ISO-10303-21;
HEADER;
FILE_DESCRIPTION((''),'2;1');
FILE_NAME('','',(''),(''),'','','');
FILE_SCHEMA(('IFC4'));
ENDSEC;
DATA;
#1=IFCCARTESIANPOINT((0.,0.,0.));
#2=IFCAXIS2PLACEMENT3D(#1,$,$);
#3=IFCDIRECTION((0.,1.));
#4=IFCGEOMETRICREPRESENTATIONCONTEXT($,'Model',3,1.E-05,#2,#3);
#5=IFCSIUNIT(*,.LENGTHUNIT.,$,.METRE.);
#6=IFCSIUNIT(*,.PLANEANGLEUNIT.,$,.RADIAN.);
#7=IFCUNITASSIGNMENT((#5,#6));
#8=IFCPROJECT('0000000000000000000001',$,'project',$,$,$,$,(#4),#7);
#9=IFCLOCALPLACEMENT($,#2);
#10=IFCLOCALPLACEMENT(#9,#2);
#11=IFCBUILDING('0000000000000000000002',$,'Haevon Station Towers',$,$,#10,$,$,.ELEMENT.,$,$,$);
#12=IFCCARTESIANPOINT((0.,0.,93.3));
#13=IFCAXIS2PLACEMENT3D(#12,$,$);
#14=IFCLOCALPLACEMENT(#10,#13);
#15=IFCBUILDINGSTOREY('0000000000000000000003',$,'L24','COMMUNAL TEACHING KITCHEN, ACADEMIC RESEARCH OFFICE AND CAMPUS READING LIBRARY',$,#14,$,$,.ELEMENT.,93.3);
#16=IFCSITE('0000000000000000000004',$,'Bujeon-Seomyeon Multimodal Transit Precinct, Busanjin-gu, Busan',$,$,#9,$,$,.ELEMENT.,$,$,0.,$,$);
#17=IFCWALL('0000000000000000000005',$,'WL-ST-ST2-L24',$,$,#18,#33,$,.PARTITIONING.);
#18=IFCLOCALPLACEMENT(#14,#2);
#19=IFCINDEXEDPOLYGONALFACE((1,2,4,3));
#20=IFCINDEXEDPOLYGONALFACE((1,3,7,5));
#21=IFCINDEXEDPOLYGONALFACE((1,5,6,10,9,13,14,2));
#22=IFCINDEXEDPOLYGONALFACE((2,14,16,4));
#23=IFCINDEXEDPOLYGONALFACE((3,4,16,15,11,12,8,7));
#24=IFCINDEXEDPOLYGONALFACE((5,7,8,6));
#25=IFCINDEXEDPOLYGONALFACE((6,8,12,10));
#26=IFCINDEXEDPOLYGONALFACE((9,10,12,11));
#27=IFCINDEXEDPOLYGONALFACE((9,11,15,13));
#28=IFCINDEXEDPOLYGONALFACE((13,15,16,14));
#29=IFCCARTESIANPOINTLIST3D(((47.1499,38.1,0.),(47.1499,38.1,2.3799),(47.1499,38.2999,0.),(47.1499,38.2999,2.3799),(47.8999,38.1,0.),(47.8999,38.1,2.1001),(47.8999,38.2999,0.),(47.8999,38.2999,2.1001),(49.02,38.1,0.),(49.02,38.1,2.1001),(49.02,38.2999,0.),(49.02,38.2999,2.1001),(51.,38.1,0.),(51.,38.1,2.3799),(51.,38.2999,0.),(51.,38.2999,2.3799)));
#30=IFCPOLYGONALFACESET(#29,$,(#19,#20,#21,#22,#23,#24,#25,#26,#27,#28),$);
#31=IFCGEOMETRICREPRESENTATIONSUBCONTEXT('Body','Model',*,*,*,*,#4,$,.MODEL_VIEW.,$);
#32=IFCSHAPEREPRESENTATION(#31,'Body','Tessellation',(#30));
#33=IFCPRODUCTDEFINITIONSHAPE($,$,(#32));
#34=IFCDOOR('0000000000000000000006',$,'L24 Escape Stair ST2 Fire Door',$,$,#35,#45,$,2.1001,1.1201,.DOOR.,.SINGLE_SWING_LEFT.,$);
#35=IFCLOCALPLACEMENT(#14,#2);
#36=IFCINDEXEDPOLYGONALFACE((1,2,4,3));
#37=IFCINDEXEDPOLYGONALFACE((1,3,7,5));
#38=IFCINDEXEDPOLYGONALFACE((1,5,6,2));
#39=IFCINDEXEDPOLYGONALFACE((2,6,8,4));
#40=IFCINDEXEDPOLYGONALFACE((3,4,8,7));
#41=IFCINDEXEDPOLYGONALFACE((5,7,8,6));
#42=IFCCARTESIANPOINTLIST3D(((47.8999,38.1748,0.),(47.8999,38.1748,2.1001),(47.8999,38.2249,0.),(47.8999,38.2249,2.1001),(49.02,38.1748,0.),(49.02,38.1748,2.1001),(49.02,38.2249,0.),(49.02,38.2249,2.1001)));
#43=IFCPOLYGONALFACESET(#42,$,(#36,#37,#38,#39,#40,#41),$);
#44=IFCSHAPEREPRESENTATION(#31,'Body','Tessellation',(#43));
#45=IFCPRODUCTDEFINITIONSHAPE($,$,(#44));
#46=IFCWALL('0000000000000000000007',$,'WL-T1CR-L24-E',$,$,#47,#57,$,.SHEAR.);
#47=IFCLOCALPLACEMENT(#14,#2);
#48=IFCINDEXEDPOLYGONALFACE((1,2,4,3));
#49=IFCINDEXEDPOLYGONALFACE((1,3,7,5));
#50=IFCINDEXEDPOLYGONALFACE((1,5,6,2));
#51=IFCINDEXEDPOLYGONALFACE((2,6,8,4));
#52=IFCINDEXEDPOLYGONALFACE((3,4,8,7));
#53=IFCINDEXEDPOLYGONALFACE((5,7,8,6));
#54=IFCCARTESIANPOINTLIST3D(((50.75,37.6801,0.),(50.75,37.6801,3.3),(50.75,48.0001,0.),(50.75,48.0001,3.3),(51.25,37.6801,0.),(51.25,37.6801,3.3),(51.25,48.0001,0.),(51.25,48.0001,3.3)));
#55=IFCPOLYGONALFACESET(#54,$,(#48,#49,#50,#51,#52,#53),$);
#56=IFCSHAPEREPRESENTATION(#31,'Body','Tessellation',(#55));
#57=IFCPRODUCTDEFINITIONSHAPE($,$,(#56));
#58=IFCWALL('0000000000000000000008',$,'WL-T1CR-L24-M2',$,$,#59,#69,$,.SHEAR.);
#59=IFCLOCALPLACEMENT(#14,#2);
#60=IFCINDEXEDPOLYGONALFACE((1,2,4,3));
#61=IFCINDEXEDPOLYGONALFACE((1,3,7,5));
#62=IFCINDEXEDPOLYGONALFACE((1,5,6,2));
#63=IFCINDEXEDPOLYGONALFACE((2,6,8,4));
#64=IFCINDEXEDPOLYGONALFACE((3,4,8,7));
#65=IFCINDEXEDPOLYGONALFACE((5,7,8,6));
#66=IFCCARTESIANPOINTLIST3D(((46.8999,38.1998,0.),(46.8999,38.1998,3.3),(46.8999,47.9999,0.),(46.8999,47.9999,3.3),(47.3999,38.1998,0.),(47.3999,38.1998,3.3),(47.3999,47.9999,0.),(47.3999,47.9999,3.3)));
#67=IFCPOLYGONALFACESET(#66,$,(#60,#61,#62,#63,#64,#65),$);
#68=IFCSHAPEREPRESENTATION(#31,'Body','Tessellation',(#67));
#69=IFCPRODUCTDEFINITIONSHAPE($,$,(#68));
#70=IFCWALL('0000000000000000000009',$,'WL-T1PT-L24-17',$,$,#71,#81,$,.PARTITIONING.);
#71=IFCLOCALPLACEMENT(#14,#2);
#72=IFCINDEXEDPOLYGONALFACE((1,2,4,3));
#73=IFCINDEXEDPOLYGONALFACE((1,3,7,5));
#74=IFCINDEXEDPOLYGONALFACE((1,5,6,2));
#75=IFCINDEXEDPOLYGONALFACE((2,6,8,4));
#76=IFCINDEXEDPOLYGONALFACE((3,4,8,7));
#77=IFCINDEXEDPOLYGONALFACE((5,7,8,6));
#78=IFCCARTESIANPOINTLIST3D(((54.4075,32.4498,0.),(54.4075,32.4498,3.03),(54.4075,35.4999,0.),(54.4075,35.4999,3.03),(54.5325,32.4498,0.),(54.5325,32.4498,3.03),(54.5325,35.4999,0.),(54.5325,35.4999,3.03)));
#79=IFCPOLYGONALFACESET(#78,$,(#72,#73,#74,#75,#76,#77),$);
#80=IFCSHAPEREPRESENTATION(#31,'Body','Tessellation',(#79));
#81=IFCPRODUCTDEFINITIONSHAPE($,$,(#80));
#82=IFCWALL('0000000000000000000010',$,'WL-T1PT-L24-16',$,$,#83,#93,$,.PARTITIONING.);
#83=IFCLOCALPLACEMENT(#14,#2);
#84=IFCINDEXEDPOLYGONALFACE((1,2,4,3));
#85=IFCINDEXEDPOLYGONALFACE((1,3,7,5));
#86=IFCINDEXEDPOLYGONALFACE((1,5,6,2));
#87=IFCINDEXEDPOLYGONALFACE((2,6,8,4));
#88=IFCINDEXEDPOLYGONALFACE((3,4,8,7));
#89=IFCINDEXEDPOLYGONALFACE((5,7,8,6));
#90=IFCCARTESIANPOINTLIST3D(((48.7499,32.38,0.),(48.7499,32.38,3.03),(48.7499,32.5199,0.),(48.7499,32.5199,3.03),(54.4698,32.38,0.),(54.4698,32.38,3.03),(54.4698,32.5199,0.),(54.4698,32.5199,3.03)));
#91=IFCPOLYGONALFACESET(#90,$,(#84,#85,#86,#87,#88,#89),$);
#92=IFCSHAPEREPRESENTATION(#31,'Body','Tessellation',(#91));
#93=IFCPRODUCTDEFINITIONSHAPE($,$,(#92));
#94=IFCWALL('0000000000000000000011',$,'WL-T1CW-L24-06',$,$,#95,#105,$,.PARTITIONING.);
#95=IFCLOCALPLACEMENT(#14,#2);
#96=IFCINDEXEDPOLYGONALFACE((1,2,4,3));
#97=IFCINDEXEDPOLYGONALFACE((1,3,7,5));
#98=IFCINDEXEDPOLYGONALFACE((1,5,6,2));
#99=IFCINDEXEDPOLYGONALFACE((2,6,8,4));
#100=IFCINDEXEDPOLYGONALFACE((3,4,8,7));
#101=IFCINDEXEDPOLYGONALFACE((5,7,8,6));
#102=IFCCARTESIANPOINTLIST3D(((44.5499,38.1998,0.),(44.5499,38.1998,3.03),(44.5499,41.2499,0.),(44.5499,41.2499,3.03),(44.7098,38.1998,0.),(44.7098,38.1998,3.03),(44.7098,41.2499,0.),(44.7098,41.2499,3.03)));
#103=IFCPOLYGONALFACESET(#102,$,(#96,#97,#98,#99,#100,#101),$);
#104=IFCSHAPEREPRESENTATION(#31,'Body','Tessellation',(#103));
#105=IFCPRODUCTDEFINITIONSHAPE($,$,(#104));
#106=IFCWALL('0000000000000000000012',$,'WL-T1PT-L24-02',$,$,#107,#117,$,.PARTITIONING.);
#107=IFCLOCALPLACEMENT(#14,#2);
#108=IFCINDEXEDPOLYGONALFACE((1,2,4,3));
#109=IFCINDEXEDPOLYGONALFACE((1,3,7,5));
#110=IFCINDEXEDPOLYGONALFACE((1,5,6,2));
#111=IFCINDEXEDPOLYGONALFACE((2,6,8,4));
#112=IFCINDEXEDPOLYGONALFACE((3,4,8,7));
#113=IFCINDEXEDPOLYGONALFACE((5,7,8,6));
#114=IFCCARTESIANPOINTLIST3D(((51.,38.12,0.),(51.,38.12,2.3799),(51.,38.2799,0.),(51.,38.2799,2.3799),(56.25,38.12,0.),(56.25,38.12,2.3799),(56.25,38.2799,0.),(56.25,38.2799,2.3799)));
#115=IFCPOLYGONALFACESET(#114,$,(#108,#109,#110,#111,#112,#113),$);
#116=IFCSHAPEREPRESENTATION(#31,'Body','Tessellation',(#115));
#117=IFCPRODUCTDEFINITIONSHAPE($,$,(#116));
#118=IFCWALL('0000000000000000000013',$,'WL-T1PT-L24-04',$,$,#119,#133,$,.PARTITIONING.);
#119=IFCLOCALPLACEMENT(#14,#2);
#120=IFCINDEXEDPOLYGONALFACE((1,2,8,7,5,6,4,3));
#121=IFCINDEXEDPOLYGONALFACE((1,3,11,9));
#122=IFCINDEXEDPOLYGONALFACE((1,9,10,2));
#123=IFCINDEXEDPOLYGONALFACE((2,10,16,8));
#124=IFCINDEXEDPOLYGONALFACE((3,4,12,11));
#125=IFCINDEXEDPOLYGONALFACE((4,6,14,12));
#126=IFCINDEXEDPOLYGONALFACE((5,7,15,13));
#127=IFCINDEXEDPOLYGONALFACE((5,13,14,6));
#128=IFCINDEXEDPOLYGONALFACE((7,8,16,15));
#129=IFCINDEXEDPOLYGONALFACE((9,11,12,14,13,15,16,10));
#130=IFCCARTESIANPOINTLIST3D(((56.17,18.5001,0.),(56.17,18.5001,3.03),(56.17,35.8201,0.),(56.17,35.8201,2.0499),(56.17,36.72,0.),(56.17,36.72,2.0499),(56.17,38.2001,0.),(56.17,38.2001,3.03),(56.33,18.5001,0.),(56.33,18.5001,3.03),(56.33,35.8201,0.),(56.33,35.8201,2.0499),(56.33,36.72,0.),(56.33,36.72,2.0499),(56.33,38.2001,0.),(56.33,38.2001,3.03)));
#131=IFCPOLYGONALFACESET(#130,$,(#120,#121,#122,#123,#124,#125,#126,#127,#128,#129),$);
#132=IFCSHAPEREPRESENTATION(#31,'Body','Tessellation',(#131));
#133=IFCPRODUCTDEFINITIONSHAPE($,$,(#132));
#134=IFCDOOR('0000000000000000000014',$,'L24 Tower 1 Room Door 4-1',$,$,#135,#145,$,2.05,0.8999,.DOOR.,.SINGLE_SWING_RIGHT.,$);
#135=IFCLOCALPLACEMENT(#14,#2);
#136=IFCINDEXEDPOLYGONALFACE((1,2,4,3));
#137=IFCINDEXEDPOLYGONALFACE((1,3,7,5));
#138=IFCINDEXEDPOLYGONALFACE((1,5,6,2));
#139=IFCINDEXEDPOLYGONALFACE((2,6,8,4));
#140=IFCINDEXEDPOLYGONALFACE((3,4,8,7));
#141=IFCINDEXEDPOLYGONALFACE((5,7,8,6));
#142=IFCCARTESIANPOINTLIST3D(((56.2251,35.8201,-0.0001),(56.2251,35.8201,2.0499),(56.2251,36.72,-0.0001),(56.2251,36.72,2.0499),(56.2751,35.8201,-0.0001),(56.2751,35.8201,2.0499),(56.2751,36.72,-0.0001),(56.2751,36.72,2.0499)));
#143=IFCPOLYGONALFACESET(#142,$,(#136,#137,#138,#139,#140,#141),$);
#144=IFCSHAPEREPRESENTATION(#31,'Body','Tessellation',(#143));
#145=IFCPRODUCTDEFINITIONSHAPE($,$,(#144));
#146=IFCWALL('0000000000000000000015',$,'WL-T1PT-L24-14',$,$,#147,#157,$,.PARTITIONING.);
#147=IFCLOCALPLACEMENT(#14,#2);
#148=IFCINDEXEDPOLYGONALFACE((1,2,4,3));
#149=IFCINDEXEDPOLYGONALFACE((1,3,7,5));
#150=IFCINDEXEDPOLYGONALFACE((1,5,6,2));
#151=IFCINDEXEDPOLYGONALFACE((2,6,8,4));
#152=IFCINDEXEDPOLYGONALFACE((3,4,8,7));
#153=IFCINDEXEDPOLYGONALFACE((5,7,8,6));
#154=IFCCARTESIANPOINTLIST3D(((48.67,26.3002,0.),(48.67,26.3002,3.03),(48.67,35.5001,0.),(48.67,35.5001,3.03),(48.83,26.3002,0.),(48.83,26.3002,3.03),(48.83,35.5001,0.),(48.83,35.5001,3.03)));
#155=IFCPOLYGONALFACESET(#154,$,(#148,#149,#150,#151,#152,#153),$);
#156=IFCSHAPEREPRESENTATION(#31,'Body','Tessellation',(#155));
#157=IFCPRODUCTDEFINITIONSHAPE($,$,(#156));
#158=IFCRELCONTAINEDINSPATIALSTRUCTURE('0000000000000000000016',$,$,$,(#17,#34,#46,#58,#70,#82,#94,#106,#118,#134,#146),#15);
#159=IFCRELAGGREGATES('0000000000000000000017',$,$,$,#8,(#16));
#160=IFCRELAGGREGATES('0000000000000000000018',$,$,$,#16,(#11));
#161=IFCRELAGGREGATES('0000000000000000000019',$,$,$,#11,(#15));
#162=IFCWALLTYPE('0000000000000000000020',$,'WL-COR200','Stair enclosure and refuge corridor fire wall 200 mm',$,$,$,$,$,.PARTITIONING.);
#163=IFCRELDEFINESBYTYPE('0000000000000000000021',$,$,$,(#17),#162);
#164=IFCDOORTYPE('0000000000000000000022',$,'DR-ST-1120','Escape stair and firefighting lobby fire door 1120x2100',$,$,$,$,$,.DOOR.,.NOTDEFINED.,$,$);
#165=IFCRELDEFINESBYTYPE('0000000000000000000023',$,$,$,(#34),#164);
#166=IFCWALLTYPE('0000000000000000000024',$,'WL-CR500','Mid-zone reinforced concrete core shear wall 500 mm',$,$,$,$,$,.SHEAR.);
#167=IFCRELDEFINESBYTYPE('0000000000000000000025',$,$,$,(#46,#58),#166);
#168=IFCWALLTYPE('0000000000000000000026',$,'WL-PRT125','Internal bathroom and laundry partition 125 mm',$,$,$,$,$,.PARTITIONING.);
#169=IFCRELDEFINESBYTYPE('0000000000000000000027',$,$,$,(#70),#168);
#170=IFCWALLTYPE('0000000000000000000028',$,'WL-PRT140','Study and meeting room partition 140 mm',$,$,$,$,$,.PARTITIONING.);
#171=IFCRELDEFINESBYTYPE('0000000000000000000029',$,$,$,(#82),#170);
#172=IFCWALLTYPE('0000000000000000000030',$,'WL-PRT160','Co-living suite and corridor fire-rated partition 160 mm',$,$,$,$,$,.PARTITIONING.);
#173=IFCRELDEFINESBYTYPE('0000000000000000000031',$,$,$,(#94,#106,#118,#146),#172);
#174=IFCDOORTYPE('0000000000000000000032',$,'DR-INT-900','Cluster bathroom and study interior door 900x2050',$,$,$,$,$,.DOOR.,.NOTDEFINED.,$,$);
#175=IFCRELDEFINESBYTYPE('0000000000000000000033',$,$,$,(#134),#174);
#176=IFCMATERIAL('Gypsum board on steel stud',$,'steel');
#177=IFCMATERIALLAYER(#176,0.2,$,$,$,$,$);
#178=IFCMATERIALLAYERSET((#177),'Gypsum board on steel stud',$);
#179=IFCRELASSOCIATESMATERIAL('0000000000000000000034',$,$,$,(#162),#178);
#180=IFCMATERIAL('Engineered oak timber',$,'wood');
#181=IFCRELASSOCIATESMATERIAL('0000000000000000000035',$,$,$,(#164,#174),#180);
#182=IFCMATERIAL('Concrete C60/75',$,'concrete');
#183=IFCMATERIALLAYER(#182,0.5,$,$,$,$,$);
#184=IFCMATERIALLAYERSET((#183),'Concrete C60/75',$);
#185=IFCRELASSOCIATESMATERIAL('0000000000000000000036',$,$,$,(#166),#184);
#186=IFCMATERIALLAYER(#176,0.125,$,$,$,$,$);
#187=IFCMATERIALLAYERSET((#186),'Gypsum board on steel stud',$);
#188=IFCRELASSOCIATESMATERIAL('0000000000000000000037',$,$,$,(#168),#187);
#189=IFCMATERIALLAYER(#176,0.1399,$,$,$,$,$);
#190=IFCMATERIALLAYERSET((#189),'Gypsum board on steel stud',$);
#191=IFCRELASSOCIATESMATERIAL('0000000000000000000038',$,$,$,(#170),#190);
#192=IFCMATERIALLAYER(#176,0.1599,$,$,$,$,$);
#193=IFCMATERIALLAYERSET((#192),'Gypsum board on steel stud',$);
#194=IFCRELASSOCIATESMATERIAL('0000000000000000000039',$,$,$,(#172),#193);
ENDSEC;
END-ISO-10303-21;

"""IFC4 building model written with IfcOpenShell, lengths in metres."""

from ifc_helpers import new_model, si_unit, direction, frame, frame_2d, origin, place, context, subcontext, project, spatial, rectangle, extrude, material, layer, layer_set, type_object, element, fill, save


model = new_model("IFC4")

# Units and contexts
model_context = context("Model", 3, precision=1e-05, world=origin(), true_north=direction((0.0, 1.0)))
body_context = subcontext(model_context, "Body", "Model", "MODEL_VIEW")
ifc_project = project(units=[si_unit("LENGTHUNIT", "METRE"), si_unit("PLANEANGLEUNIT", "RADIAN")], contexts=[model_context])

# Site, building, storey
site_placement = place(None, origin())
site = spatial("IfcSite", under=ifc_project, at=site_placement, Name="Bujeon-Seomyeon Multimodal Transit Precinct, Busanjin-gu, Busan", CompositionType="ELEMENT", RefElevation=0.0)
building_placement = place(site_placement, origin())
building = spatial("IfcBuilding", under=site, at=building_placement, Name="Haevon Station Towers", CompositionType="ELEMENT")
storey_placement = place(building_placement, frame((0.0, 0.0, 93.3)))
storey = spatial("IfcBuildingStorey", under=building, at=storey_placement, Name="L24", Description="COMMUNAL TEACHING KITCHEN, ACADEMIC RESEARCH OFFICE AND CAMPUS READING LIBRARY", CompositionType="ELEMENT", Elevation=93.3)

# Wall, opening, door
ifc_material_1 = material(Name="Gypsum board on steel stud", Category="steel")
ifc_layer_1 = layer(ifc_material_1, 0.2)
ifc_layer_set_1 = layer_set([ifc_layer_1], Name="Gypsum board on steel stud")
wall_type_1 = type_object("IfcWallType", Name="WL-COR200", Description="Stair enclosure and refuge corridor fire wall 200 mm", PredefinedType="PARTITIONING", material=ifc_layer_set_1)
wall_1_placement = place(storey_placement, frame((47.1499, 38.2, 0.0), z_axis=(0.0, 0.0, 1.0), x_axis=(1.0, 0.0, 0.0)))
wall_1 = element("IfcWall", 1, at=wall_1_placement, inside=storey, type_object=wall_type_1, Name="WL-ST-ST2-L24", PredefinedType="PARTITIONING", context=body_context, shape_type="SweptSolid", body=[
    extrude(rectangle(XDim=3.8501, YDim=0.2, at=frame_2d((1.925, 0.0))), origin(), (0.0, 0.0, 1.0), 2.3799),
])
opening_1_placement = place(wall_1_placement, frame((0.75, 0.0, 0.0)))
opening_1 = element("IfcOpeningElement", 2, at=opening_1_placement, cuts=wall_1, PredefinedType="OPENING", context=body_context, shape_type="SweptSolid", body=[
    extrude(rectangle(XDim=1.1201, YDim=2.1001, at=frame_2d((0.5601, 1.05))), frame((0.0, 0.1099, 0.0), z_axis=(0.0, -1.0, 0.0), x_axis=(1.0, 0.0, 0.0)), (0.0, 0.0, 1.0), 0.22),
])
ifc_material_2 = material(Name="Engineered oak timber", Category="wood")
door_type_1 = type_object("IfcDoorType", Name="DR-ST-1120", Description="Escape stair and firefighting lobby fire door 1120x2100", OperationType="NOTDEFINED", PredefinedType="DOOR", material=ifc_material_2)
door_1_placement = place(opening_1_placement, origin())
door_1 = element("IfcDoor", 3, at=door_1_placement, inside=storey, type_object=door_type_1, Name="L24 Escape Stair ST2 Fire Door", OperationType="SINGLE_SWING_LEFT", OverallHeight=2.1001, OverallWidth=1.1201, PredefinedType="DOOR", context=body_context, shape_type="SweptSolid", body=[
    extrude(rectangle(XDim=1.1201, YDim=2.1001, at=frame_2d((0.5601, 1.05))), frame((0.0, 0.0249, 0.0), z_axis=(0.0, -1.0, 0.0), x_axis=(1.0, 0.0, 0.0)), (0.0, 0.0, 1.0), 0.05),
])
fill(opening_1, door_1)

# Walls
ifc_material_3 = material(Name="Concrete C60/75", Category="concrete")
ifc_layer_2 = layer(ifc_material_3, 0.5)
ifc_layer_set_2 = layer_set([ifc_layer_2], Name="Concrete C60/75")
wall_type_2 = type_object("IfcWallType", Name="WL-CR500", Description="Mid-zone reinforced concrete core shear wall 500 mm", PredefinedType="SHEAR", material=ifc_layer_set_2)
wall_2_placement = place(storey_placement, frame((51.0, 37.6799, 0.0), z_axis=(0.0, 0.0, 1.0), x_axis=(0.0, 1.0, 0.0)))
element("IfcWall", 4, at=wall_2_placement, inside=storey, type_object=wall_type_2, Name="WL-T1CR-L24-E", PredefinedType="SHEAR", context=body_context, shape_type="SweptSolid", body=[
    extrude(rectangle(XDim=10.3201, YDim=0.5, at=frame_2d((5.1602, 0.0))), origin(), (0.0, 0.0, 1.0), 3.3),
])
wall_3_placement = place(storey_placement, frame((47.1499, 38.2, 0.0), z_axis=(0.0, 0.0, 1.0), x_axis=(0.0, 1.0, 0.0)))
element("IfcWall", 5, at=wall_3_placement, inside=storey, type_object=wall_type_2, Name="WL-T1CR-L24-M2", PredefinedType="SHEAR", context=body_context, shape_type="SweptSolid", body=[
    extrude(rectangle(XDim=9.8, YDim=0.5, at=frame_2d((4.8999, 0.0))), origin(), (0.0, 0.0, 1.0), 3.3),
])
ifc_layer_3 = layer(ifc_material_1, 0.125)
ifc_layer_set_3 = layer_set([ifc_layer_3], Name="Gypsum board on steel stud")
wall_type_3 = type_object("IfcWallType", Name="WL-PRT125", Description="Internal bathroom and laundry partition 125 mm", PredefinedType="PARTITIONING", material=ifc_layer_set_3)
wall_4_placement = place(storey_placement, frame((54.47, 32.45, 0.0), z_axis=(0.0, 0.0, 1.0), x_axis=(0.0, 1.0, 0.0)))
element("IfcWall", 6, at=wall_4_placement, inside=storey, type_object=wall_type_3, Name="WL-T1PT-L24-17", PredefinedType="PARTITIONING", context=body_context, shape_type="SweptSolid", body=[
    extrude(rectangle(XDim=3.05, YDim=0.125, at=frame_2d((1.5249, 0.0))), origin(), (0.0, 0.0, 1.0), 3.03),
])
ifc_layer_4 = layer(ifc_material_1, 0.1399)
ifc_layer_set_4 = layer_set([ifc_layer_4], Name="Gypsum board on steel stud")
wall_type_4 = type_object("IfcWallType", Name="WL-PRT140", Description="Study and meeting room partition 140 mm", PredefinedType="PARTITIONING", material=ifc_layer_set_4)
wall_5_placement = place(storey_placement, frame((48.75, 32.45, 0.0), z_axis=(0.0, 0.0, 1.0), x_axis=(1.0, 0.0, 0.0)))
element("IfcWall", 7, at=wall_5_placement, inside=storey, type_object=wall_type_4, Name="WL-T1PT-L24-16", PredefinedType="PARTITIONING", context=body_context, shape_type="SweptSolid", body=[
    extrude(rectangle(XDim=5.72, YDim=0.1399, at=frame_2d((2.8599, 0.0))), origin(), (0.0, 0.0, 1.0), 3.03),
])
ifc_layer_5 = layer(ifc_material_1, 0.1599)
ifc_layer_set_5 = layer_set([ifc_layer_5], Name="Gypsum board on steel stud")
wall_type_5 = type_object("IfcWallType", Name="WL-PRT160", Description="Co-living suite and corridor fire-rated partition 160 mm", PredefinedType="PARTITIONING", material=ifc_layer_set_5)
wall_6_placement = place(storey_placement, frame((44.6299, 38.2, 0.0), z_axis=(0.0, 0.0, 1.0), x_axis=(0.0, 1.0, 0.0)))
element("IfcWall", 8, at=wall_6_placement, inside=storey, type_object=wall_type_5, Name="WL-T1CW-L24-06", PredefinedType="PARTITIONING", context=body_context, shape_type="SweptSolid", body=[
    extrude(rectangle(XDim=3.05, YDim=0.1599, at=frame_2d((1.5249, 0.0))), origin(), (0.0, 0.0, 1.0), 3.03),
])
wall_7_placement = place(storey_placement, frame((51.0, 38.2, 0.0), z_axis=(0.0, 0.0, 1.0), x_axis=(1.0, 0.0, 0.0)))
element("IfcWall", 9, at=wall_7_placement, inside=storey, type_object=wall_type_5, Name="WL-T1PT-L24-02", PredefinedType="PARTITIONING", context=body_context, shape_type="SweptSolid", body=[
    extrude(rectangle(XDim=5.25, YDim=0.1599, at=frame_2d((2.625, 0.0))), origin(), (0.0, 0.0, 1.0), 2.3799),
])

# Wall, opening, door
wall_8_placement = place(storey_placement, frame((56.25, 18.5, 0.0), z_axis=(0.0, 0.0, 1.0), x_axis=(0.0, 1.0, 0.0)))
wall_8 = element("IfcWall", 10, at=wall_8_placement, inside=storey, type_object=wall_type_5, Name="WL-T1PT-L24-04", PredefinedType="PARTITIONING", context=body_context, shape_type="SweptSolid", body=[
    extrude(rectangle(XDim=19.7, YDim=0.1599, at=frame_2d((9.8501, 0.0))), origin(), (0.0, 0.0, 1.0), 3.03),
])
opening_2_placement = place(wall_8_placement, frame((17.3201, 0.0, 0.0)))
opening_2 = element("IfcOpeningElement", 11, at=opening_2_placement, cuts=wall_8, PredefinedType="OPENING", context=body_context, shape_type="SweptSolid", body=[
    extrude(rectangle(XDim=0.8999, YDim=2.05, at=frame_2d((0.45, 1.0249))), frame((0.0, 0.0898, 0.0), z_axis=(0.0, -1.0, 0.0), x_axis=(1.0, 0.0, 0.0)), (0.0, 0.0, 1.0), 0.1799),
])
door_type_2 = type_object("IfcDoorType", Name="DR-INT-900", Description="Cluster bathroom and study interior door 900x2050", OperationType="NOTDEFINED", PredefinedType="DOOR", material=ifc_material_2)
door_2_placement = place(opening_2_placement, origin())
door_2 = element("IfcDoor", 12, at=door_2_placement, inside=storey, type_object=door_type_2, Name="L24 Tower 1 Room Door 4-1", OperationType="SINGLE_SWING_RIGHT", OverallHeight=2.05, OverallWidth=0.8999, PredefinedType="DOOR", context=body_context, shape_type="SweptSolid", body=[
    extrude(rectangle(XDim=0.8999, YDim=2.05, at=frame_2d((0.45, 1.0249))), frame((0.0, 0.0249, 0.0), z_axis=(0.0, -1.0, 0.0), x_axis=(1.0, 0.0, 0.0)), (0.0, 0.0, 1.0), 0.05),
])
fill(opening_2, door_2)

# Wall
wall_9_placement = place(storey_placement, frame((48.75, 26.3, 0.0), z_axis=(0.0, 0.0, 1.0), x_axis=(0.0, 1.0, 0.0)))
element("IfcWall", 13, at=wall_9_placement, inside=storey, type_object=wall_type_5, Name="WL-T1PT-L24-14", PredefinedType="PARTITIONING", context=body_context, shape_type="SweptSolid", body=[
    extrude(rectangle(XDim=9.2, YDim=0.1599, at=frame_2d((4.6001, 0.0))), origin(), (0.0, 0.0, 1.0), 3.03),
])

save(model, "model.ifc")
